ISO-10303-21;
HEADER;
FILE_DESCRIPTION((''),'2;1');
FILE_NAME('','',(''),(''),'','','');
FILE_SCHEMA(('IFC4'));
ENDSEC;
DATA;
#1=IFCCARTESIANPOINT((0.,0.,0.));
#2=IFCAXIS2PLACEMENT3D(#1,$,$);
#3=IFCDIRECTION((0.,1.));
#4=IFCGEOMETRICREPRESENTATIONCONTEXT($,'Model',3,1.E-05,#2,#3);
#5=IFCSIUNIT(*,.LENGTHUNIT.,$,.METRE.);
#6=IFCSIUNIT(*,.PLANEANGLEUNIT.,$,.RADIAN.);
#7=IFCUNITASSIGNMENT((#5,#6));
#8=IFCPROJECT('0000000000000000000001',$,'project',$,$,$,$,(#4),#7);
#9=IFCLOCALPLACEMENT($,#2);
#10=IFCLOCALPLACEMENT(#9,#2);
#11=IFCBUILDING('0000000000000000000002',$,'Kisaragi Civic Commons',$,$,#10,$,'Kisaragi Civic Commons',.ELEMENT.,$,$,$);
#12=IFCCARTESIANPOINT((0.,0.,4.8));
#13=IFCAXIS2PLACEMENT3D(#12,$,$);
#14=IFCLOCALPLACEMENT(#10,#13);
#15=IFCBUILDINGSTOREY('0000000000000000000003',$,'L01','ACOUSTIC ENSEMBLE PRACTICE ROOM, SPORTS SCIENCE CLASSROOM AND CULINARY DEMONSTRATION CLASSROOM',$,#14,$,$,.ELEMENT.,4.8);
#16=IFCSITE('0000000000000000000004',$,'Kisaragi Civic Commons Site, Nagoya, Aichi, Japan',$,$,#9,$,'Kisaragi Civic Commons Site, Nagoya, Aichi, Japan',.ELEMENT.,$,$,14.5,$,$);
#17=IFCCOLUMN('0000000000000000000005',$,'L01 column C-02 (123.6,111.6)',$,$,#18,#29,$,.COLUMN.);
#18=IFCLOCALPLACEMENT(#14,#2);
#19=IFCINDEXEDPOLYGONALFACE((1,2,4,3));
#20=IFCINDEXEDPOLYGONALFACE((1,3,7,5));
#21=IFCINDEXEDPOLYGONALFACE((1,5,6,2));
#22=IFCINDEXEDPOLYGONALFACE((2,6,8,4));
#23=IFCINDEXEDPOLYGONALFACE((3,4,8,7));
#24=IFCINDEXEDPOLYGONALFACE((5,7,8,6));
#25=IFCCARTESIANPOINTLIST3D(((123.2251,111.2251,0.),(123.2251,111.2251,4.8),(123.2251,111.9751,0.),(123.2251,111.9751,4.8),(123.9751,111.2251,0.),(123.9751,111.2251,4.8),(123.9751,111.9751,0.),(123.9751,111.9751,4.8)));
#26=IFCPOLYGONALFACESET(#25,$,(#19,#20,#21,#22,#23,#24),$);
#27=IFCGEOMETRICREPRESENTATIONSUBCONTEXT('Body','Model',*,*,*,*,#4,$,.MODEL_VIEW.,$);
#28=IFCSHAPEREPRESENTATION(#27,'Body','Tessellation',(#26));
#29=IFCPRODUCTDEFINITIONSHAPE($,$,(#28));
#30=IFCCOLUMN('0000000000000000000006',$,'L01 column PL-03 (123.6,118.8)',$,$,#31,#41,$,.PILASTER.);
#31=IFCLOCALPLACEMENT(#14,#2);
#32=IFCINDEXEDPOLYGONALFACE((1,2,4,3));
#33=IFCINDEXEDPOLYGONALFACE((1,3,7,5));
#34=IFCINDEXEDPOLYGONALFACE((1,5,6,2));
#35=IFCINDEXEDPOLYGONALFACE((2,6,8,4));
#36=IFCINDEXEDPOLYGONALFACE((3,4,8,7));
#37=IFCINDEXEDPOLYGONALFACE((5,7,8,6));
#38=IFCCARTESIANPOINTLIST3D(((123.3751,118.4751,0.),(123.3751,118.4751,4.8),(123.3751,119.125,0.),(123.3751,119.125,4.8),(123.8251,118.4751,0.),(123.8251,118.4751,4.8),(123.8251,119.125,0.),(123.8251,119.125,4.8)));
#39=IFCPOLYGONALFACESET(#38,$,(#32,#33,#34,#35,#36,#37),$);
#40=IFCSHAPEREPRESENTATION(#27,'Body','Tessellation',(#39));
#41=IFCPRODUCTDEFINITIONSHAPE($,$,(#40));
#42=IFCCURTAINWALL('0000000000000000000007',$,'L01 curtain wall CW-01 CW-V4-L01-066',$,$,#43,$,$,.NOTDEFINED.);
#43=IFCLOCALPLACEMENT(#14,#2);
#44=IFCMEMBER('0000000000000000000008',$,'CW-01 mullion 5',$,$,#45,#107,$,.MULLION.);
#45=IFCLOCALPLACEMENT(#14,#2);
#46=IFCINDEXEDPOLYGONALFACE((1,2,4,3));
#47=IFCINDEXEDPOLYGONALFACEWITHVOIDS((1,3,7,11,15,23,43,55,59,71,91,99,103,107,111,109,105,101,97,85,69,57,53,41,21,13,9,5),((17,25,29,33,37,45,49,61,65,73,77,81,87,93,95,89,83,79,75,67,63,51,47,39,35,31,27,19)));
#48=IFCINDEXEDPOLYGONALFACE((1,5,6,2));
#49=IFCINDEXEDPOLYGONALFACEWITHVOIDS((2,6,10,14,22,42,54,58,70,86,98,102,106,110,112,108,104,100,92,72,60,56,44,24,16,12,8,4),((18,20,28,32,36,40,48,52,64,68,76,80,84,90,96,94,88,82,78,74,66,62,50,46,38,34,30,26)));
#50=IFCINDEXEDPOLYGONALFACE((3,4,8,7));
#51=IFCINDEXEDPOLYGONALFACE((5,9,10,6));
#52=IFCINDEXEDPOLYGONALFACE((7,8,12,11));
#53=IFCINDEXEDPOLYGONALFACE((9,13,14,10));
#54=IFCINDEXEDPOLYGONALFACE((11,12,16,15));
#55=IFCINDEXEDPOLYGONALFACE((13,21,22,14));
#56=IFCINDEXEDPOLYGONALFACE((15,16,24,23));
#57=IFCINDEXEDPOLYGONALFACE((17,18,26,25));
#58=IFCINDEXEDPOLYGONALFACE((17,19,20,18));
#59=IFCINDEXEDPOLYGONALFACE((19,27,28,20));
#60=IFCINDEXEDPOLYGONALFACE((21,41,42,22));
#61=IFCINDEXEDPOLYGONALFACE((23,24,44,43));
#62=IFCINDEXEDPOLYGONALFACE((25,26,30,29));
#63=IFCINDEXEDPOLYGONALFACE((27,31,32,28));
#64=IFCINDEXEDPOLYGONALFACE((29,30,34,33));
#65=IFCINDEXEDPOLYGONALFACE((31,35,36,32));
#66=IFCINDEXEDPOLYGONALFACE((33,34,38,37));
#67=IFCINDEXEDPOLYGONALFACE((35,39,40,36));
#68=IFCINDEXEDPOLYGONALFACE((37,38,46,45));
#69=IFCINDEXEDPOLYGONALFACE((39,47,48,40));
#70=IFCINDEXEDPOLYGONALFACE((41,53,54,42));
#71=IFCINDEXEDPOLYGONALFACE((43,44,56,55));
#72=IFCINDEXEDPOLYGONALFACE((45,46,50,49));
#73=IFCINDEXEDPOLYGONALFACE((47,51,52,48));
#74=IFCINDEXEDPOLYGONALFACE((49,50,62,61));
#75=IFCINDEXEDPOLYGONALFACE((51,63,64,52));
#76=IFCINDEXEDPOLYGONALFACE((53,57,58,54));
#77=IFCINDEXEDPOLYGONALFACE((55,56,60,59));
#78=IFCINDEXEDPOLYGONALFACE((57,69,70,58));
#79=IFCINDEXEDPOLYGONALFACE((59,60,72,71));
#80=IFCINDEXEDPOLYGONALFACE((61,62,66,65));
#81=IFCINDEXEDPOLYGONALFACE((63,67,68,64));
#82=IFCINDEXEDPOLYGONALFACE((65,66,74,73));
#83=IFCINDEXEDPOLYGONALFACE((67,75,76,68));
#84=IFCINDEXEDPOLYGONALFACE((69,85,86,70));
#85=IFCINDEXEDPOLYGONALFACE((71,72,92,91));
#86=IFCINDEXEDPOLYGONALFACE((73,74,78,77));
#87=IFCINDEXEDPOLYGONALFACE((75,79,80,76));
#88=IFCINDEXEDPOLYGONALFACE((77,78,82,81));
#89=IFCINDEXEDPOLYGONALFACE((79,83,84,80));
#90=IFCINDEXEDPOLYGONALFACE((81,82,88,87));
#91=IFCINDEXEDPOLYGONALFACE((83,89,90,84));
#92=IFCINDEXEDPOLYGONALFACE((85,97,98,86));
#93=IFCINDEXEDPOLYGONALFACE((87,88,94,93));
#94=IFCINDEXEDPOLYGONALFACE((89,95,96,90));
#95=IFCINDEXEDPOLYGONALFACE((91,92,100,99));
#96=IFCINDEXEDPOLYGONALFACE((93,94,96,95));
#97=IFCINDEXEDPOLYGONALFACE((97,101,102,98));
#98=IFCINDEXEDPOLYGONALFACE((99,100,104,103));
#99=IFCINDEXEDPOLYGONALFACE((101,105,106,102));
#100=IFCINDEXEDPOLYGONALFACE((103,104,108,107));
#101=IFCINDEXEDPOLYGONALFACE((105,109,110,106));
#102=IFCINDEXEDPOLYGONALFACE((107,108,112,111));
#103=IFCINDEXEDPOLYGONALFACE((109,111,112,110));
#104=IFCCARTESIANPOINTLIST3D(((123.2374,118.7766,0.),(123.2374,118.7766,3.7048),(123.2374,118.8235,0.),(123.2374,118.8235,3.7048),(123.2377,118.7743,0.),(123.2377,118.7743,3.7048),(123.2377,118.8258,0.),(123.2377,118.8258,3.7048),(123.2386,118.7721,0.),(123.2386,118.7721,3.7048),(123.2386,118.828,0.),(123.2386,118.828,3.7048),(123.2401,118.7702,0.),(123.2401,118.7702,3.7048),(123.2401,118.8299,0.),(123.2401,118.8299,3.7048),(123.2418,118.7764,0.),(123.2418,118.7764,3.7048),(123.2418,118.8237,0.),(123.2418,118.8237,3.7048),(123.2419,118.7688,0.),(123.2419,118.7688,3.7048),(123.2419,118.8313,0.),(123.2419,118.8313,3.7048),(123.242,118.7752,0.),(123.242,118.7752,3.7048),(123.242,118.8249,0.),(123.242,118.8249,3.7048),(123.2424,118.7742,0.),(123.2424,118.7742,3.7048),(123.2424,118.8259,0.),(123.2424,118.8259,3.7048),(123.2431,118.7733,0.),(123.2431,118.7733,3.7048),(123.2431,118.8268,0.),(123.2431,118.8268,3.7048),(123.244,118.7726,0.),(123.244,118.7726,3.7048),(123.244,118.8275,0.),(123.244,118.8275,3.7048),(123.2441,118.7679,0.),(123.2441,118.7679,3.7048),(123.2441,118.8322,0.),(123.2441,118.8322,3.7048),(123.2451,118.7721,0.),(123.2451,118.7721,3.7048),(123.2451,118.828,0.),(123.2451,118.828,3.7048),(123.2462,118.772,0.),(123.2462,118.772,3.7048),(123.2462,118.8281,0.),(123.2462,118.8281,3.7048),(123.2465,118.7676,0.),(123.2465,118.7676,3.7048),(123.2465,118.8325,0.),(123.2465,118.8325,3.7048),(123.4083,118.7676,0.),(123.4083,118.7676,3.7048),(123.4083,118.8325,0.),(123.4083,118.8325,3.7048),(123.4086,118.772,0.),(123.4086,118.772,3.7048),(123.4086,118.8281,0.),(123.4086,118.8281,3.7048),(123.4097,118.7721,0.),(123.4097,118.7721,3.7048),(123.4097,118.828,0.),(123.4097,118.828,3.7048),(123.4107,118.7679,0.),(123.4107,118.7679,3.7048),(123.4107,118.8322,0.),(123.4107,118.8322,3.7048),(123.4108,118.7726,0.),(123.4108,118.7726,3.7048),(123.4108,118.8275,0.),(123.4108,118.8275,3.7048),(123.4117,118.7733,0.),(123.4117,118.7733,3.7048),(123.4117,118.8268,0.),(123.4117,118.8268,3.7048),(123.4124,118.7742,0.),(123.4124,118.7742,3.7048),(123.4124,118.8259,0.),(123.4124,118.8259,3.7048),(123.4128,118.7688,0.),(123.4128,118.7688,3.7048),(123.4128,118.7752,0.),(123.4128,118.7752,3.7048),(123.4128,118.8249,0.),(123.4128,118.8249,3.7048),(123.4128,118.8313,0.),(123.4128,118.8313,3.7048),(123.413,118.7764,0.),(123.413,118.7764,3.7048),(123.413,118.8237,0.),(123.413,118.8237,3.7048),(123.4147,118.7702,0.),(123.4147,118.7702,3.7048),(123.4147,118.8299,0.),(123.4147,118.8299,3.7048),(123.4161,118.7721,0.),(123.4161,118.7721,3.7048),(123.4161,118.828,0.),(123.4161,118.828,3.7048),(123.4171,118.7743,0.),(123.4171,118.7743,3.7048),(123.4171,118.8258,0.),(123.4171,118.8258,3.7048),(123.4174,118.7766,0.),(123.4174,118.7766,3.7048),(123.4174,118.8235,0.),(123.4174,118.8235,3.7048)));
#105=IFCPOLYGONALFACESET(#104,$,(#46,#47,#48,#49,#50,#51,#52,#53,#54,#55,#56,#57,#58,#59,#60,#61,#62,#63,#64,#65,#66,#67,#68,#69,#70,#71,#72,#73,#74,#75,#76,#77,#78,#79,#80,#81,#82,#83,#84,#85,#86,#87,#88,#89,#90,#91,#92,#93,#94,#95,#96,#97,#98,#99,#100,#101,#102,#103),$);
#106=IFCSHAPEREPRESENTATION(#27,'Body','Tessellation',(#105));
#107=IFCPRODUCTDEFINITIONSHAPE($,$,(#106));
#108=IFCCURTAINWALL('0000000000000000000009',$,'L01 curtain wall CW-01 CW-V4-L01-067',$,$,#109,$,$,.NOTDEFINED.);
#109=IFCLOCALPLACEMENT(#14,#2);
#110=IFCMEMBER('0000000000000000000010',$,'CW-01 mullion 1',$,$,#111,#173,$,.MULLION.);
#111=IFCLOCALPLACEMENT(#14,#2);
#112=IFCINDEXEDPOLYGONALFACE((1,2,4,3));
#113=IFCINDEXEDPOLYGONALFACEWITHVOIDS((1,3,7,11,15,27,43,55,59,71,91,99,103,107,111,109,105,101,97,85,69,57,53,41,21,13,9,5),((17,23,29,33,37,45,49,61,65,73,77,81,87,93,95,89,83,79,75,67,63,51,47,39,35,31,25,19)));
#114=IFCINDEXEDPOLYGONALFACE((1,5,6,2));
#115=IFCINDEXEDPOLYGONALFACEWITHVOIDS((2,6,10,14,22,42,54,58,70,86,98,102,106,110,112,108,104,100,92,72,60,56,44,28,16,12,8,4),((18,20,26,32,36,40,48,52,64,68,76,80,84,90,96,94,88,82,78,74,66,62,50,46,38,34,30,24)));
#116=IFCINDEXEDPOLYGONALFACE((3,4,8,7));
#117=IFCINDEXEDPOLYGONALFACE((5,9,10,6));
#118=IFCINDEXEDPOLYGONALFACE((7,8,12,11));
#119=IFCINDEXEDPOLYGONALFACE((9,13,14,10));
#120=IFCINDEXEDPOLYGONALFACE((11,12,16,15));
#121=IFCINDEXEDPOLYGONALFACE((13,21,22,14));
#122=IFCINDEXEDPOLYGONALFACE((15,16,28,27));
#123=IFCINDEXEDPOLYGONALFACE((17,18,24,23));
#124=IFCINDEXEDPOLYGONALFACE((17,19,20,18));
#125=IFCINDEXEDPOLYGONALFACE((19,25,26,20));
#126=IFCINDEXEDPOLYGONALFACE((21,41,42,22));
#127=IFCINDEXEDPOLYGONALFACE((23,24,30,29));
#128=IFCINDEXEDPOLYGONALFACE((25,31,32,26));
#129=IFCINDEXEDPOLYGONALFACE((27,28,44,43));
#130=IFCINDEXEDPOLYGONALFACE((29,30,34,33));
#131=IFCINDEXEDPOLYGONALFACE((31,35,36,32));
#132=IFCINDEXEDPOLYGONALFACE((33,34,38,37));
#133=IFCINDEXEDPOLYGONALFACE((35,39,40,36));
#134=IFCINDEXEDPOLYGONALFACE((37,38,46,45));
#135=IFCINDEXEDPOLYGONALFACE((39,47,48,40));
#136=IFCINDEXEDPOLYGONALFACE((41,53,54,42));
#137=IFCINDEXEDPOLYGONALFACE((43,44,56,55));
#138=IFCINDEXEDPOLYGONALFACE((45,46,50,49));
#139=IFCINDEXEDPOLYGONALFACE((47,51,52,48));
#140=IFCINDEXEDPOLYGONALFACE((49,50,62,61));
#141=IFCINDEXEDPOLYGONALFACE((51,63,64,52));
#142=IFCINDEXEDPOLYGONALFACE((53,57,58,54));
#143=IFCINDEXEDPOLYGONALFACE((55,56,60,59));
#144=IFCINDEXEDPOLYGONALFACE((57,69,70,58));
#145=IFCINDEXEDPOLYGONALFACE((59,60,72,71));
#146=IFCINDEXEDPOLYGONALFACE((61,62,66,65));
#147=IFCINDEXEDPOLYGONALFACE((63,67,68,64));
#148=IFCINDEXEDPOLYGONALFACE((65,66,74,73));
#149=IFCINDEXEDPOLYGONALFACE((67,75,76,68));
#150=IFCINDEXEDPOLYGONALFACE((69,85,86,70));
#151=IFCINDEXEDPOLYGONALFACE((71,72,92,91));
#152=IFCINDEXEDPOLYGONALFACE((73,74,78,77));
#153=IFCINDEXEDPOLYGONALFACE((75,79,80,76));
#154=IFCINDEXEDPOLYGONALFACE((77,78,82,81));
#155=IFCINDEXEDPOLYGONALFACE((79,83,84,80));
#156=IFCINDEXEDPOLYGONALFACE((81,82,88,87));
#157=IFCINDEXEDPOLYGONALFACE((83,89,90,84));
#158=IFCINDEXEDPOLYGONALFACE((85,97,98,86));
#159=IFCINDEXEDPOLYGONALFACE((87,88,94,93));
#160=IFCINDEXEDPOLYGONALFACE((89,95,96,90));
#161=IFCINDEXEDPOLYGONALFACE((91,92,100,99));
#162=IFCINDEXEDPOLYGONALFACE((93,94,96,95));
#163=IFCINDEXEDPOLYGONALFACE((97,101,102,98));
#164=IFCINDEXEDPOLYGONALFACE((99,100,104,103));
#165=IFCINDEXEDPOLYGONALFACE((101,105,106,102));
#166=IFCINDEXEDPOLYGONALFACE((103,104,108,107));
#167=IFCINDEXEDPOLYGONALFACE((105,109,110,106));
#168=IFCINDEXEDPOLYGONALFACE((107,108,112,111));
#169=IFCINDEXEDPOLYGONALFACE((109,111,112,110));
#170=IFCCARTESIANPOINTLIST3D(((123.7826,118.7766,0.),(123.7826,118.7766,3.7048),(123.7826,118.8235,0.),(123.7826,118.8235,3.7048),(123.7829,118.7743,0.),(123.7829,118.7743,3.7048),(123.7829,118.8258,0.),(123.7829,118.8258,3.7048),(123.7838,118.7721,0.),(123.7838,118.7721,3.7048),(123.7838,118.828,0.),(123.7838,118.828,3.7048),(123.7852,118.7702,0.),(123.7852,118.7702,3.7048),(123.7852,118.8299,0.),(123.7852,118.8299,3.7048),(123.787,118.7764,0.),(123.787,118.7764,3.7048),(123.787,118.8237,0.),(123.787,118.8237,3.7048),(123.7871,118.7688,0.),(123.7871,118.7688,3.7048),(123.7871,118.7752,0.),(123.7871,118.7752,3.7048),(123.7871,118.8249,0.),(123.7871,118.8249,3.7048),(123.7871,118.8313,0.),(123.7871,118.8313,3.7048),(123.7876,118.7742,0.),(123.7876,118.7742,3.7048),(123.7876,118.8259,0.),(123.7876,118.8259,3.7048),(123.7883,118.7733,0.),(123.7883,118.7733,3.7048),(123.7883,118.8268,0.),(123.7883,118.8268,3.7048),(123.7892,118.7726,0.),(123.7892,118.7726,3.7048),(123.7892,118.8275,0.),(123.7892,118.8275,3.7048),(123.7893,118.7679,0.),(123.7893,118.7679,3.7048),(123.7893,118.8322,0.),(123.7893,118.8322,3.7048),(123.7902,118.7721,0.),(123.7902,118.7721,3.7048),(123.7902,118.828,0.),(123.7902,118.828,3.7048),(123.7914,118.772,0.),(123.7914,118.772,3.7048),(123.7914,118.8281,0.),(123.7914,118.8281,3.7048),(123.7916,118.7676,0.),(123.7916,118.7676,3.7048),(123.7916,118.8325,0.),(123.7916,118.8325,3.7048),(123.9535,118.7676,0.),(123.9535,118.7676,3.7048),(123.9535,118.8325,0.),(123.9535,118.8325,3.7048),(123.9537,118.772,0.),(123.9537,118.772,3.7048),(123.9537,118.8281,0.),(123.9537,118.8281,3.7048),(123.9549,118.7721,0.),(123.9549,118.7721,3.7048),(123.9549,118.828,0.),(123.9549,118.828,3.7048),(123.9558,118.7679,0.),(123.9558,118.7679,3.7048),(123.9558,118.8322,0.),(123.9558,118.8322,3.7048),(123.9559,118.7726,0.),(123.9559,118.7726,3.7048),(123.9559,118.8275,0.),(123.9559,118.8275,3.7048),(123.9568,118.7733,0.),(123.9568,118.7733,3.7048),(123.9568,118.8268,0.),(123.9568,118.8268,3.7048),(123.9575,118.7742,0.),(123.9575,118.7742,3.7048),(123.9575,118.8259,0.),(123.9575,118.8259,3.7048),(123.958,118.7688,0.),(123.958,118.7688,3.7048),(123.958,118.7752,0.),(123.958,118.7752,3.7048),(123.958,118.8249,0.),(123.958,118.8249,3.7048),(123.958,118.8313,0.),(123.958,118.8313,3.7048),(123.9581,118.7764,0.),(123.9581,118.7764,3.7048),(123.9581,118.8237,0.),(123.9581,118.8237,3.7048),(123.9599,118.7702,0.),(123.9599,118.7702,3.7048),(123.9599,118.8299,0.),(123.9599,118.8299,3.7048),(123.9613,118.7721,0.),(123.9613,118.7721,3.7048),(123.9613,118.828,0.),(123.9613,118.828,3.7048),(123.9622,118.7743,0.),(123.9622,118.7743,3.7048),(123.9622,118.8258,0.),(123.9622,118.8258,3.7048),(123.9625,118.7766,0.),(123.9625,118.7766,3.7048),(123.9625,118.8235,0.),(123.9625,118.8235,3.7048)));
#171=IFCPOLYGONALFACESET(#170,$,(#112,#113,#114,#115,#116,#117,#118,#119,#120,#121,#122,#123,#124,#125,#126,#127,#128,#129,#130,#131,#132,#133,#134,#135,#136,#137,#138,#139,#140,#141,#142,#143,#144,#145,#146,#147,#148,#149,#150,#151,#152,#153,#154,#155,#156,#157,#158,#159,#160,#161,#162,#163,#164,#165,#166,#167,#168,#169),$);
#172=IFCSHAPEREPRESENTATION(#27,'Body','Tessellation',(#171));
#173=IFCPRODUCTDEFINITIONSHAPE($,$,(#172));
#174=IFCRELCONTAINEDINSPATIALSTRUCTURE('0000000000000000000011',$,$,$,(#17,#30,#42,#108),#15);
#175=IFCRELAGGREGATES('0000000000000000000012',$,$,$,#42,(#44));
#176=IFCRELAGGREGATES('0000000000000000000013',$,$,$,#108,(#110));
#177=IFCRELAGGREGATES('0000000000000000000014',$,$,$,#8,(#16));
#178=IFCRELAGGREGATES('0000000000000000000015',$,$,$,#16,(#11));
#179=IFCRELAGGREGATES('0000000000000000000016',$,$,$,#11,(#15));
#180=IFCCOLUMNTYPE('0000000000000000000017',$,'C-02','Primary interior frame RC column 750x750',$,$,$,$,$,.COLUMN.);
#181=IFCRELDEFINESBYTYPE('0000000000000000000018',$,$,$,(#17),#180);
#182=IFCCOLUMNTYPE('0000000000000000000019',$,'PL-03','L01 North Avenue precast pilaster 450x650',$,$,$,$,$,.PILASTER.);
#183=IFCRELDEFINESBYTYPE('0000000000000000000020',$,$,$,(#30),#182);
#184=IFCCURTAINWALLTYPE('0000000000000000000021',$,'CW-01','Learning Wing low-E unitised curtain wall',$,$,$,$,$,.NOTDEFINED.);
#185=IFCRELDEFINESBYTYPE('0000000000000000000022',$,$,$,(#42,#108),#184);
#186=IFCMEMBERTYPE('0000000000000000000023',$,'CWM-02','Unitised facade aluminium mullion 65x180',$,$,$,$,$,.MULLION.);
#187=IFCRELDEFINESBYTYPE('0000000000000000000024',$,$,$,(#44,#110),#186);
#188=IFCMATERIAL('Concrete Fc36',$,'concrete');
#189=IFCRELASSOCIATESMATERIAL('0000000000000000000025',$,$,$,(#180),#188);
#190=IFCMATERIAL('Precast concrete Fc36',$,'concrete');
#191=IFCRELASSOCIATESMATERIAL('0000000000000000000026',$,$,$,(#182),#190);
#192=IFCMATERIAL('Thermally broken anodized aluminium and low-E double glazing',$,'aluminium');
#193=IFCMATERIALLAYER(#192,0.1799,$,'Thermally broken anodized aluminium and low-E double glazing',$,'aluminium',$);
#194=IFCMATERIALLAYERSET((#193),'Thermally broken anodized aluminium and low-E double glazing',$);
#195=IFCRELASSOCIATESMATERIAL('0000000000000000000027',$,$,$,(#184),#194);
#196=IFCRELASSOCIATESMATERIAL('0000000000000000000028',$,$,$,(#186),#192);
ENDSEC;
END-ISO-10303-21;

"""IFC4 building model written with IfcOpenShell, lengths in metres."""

from ifc_helpers import new_model, si_unit, direction, frame, origin, origin_2d, place, context, subcontext, project, spatial, rectangle, hollow_rectangle, extrude, material, layer, layer_set, material_profile, profile_set, type_object, element, aggregate, save


model = new_model("IFC4")

# Units and contexts
model_context = context("Model", 3, precision=1e-05, world=origin(), true_north=direction((0.0, 1.0)))
body_context = subcontext(model_context, "Body", "Model", "MODEL_VIEW")
ifc_project = project(units=[si_unit("LENGTHUNIT", "METRE"), si_unit("PLANEANGLEUNIT", "RADIAN")], contexts=[model_context])

# Site, building, storey
site_placement = place(None, origin())
site = spatial("IfcSite", under=ifc_project, at=site_placement, Name="Kisaragi Civic Commons Site, Nagoya, Aichi, Japan", LongName="Kisaragi Civic Commons Site, Nagoya, Aichi, Japan", CompositionType="ELEMENT", RefElevation=14.5)
building_placement = place(site_placement, origin())
building = spatial("IfcBuilding", under=site, at=building_placement, Name="Kisaragi Civic Commons", LongName="Kisaragi Civic Commons", CompositionType="ELEMENT")
storey_placement = place(building_placement, frame((0.0, 0.0, 4.8)))
storey = spatial("IfcBuildingStorey", under=building, at=storey_placement, Name="L01", Description="ACOUSTIC ENSEMBLE PRACTICE ROOM, SPORTS SCIENCE CLASSROOM AND CULINARY DEMONSTRATION CLASSROOM", CompositionType="ELEMENT", Elevation=4.8)

# Columns
ifc_material_1 = material(Name="Concrete Fc36", Category="concrete")
ifc_material_profile_1 = material_profile(ifc_material_1, rectangle(XDim=0.75, YDim=0.75, at=origin_2d()), Name="RC-750x750", Category="concrete")
ifc_profile_set_1 = profile_set([ifc_material_profile_1], Name="Concrete Fc36")
column_type_1 = type_object("IfcColumnType", Name="C-02", Description="Primary interior frame RC column 750x750", PredefinedType="COLUMN", material=ifc_profile_set_1)
column_1_placement = place(storey_placement, frame((123.6001, 111.6001, 0.0), z_axis=(0.0, 0.0, 1.0), x_axis=(1.0, 0.0, 0.0)))
element("IfcColumn", 1, at=column_1_placement, inside=storey, type_object=column_type_1, Name="L01 column C-02 (123.6,111.6)", PredefinedType="COLUMN", context=body_context, shape_type="SweptSolid", body=[
    extrude(rectangle(XDim=0.75, YDim=0.75, at=origin_2d()), origin(), (0.0, 0.0, 1.0), 4.8),
])
ifc_material_2 = material(Name="Precast concrete Fc36", Category="concrete")
ifc_material_profile_2 = material_profile(ifc_material_2, rectangle(XDim=0.45, YDim=0.6499, at=origin_2d()), Name="RC-450x650", Category="concrete")
ifc_profile_set_2 = profile_set([ifc_material_profile_2], Name="Precast concrete Fc36")
column_type_2 = type_object("IfcColumnType", Name="PL-03", Description="L01 North Avenue precast pilaster 450x650", PredefinedType="PILASTER", material=ifc_profile_set_2)
column_2_placement = place(storey_placement, frame((123.6001, 118.8, 0.0), z_axis=(0.0, 0.0, 1.0), x_axis=(1.0, 0.0, 0.0)))
element("IfcColumn", 2, at=column_2_placement, inside=storey, type_object=column_type_2, Name="L01 column PL-03 (123.6,118.8)", PredefinedType="PILASTER", context=body_context, shape_type="SweptSolid", body=[
    extrude(rectangle(XDim=0.45, YDim=0.6499, at=origin_2d()), origin(), (0.0, 0.0, 1.0), 4.8),
])

# Curtain wall, member
ifc_material_3 = material(Name="Thermally broken anodized aluminium and low-E double glazing", Category="aluminium")
ifc_layer_1 = layer(ifc_material_3, 0.1799, Name="Thermally broken anodized aluminium and low-E double glazing", Category="aluminium")
ifc_layer_set_1 = layer_set([ifc_layer_1], Name="Thermally broken anodized aluminium and low-E double glazing")
curtain_wall_type = type_object("IfcCurtainWallType", Name="CW-01", Description="Learning Wing low-E unitised curtain wall", PredefinedType="NOTDEFINED", material=ifc_layer_set_1)
curtain_wall_1_placement = place(storey_placement, origin())
curtain_wall_1 = element("IfcCurtainWall", 3, at=curtain_wall_1_placement, inside=storey, type_object=curtain_wall_type, Name="L01 curtain wall CW-01 CW-V4-L01-066", PredefinedType="NOTDEFINED")
ifc_material_profile_3 = material_profile(ifc_material_3, hollow_rectangle(XDim=0.0649, YDim=0.1799, WallThickness=0.0044, InnerFilletRadius=0.0044, OuterFilletRadius=0.009, at=origin_2d()), Name="CWM-65x180x4.5", Category="aluminium")
ifc_profile_set_3 = profile_set([ifc_material_profile_3], Name="Thermally broken anodized aluminium and low-E double glazing")
member_type_1 = type_object("IfcMemberType", Name="CWM-02", Description="Unitised facade aluminium mullion 65x180", PredefinedType="MULLION", material=ifc_profile_set_3)
member_1_placement = place(storey_placement, frame((123.3274, 118.8, 0.0), z_axis=(0.0, 0.0, 1.0), x_axis=(0.0, 1.0, 0.0)))
member_1 = element("IfcMember", 4, at=member_1_placement, type_object=member_type_1, Name="CW-01 mullion 5", PredefinedType="MULLION", context=body_context, shape_type="SweptSolid", body=[
    extrude(hollow_rectangle(XDim=0.0649, YDim=0.1799, WallThickness=0.0044, InnerFilletRadius=0.0044, OuterFilletRadius=0.009, at=origin_2d()), origin(), (0.0, 0.0, 1.0), 3.7048),
])
aggregate(curtain_wall_1, [member_1])

# Curtain wall, member
curtain_wall_2_placement = place(storey_placement, origin())
curtain_wall_2 = element("IfcCurtainWall", 5, at=curtain_wall_2_placement, inside=storey, type_object=curtain_wall_type, Name="L01 curtain wall CW-01 CW-V4-L01-067", PredefinedType="NOTDEFINED")
member_2_placement = place(storey_placement, frame((123.8726, 118.8, 0.0), z_axis=(0.0, 0.0, 1.0), x_axis=(0.0, 1.0, 0.0)))
member_2 = element("IfcMember", 6, at=member_2_placement, type_object=member_type_1, Name="CW-01 mullion 1", PredefinedType="MULLION", context=body_context, shape_type="SweptSolid", body=[
    extrude(hollow_rectangle(XDim=0.0649, YDim=0.1799, WallThickness=0.0044, InnerFilletRadius=0.0044, OuterFilletRadius=0.009, at=origin_2d()), origin(), (0.0, 0.0, 1.0), 3.7048),
])

aggregate(curtain_wall_2, [member_2])

save(model, "model.ifc")
